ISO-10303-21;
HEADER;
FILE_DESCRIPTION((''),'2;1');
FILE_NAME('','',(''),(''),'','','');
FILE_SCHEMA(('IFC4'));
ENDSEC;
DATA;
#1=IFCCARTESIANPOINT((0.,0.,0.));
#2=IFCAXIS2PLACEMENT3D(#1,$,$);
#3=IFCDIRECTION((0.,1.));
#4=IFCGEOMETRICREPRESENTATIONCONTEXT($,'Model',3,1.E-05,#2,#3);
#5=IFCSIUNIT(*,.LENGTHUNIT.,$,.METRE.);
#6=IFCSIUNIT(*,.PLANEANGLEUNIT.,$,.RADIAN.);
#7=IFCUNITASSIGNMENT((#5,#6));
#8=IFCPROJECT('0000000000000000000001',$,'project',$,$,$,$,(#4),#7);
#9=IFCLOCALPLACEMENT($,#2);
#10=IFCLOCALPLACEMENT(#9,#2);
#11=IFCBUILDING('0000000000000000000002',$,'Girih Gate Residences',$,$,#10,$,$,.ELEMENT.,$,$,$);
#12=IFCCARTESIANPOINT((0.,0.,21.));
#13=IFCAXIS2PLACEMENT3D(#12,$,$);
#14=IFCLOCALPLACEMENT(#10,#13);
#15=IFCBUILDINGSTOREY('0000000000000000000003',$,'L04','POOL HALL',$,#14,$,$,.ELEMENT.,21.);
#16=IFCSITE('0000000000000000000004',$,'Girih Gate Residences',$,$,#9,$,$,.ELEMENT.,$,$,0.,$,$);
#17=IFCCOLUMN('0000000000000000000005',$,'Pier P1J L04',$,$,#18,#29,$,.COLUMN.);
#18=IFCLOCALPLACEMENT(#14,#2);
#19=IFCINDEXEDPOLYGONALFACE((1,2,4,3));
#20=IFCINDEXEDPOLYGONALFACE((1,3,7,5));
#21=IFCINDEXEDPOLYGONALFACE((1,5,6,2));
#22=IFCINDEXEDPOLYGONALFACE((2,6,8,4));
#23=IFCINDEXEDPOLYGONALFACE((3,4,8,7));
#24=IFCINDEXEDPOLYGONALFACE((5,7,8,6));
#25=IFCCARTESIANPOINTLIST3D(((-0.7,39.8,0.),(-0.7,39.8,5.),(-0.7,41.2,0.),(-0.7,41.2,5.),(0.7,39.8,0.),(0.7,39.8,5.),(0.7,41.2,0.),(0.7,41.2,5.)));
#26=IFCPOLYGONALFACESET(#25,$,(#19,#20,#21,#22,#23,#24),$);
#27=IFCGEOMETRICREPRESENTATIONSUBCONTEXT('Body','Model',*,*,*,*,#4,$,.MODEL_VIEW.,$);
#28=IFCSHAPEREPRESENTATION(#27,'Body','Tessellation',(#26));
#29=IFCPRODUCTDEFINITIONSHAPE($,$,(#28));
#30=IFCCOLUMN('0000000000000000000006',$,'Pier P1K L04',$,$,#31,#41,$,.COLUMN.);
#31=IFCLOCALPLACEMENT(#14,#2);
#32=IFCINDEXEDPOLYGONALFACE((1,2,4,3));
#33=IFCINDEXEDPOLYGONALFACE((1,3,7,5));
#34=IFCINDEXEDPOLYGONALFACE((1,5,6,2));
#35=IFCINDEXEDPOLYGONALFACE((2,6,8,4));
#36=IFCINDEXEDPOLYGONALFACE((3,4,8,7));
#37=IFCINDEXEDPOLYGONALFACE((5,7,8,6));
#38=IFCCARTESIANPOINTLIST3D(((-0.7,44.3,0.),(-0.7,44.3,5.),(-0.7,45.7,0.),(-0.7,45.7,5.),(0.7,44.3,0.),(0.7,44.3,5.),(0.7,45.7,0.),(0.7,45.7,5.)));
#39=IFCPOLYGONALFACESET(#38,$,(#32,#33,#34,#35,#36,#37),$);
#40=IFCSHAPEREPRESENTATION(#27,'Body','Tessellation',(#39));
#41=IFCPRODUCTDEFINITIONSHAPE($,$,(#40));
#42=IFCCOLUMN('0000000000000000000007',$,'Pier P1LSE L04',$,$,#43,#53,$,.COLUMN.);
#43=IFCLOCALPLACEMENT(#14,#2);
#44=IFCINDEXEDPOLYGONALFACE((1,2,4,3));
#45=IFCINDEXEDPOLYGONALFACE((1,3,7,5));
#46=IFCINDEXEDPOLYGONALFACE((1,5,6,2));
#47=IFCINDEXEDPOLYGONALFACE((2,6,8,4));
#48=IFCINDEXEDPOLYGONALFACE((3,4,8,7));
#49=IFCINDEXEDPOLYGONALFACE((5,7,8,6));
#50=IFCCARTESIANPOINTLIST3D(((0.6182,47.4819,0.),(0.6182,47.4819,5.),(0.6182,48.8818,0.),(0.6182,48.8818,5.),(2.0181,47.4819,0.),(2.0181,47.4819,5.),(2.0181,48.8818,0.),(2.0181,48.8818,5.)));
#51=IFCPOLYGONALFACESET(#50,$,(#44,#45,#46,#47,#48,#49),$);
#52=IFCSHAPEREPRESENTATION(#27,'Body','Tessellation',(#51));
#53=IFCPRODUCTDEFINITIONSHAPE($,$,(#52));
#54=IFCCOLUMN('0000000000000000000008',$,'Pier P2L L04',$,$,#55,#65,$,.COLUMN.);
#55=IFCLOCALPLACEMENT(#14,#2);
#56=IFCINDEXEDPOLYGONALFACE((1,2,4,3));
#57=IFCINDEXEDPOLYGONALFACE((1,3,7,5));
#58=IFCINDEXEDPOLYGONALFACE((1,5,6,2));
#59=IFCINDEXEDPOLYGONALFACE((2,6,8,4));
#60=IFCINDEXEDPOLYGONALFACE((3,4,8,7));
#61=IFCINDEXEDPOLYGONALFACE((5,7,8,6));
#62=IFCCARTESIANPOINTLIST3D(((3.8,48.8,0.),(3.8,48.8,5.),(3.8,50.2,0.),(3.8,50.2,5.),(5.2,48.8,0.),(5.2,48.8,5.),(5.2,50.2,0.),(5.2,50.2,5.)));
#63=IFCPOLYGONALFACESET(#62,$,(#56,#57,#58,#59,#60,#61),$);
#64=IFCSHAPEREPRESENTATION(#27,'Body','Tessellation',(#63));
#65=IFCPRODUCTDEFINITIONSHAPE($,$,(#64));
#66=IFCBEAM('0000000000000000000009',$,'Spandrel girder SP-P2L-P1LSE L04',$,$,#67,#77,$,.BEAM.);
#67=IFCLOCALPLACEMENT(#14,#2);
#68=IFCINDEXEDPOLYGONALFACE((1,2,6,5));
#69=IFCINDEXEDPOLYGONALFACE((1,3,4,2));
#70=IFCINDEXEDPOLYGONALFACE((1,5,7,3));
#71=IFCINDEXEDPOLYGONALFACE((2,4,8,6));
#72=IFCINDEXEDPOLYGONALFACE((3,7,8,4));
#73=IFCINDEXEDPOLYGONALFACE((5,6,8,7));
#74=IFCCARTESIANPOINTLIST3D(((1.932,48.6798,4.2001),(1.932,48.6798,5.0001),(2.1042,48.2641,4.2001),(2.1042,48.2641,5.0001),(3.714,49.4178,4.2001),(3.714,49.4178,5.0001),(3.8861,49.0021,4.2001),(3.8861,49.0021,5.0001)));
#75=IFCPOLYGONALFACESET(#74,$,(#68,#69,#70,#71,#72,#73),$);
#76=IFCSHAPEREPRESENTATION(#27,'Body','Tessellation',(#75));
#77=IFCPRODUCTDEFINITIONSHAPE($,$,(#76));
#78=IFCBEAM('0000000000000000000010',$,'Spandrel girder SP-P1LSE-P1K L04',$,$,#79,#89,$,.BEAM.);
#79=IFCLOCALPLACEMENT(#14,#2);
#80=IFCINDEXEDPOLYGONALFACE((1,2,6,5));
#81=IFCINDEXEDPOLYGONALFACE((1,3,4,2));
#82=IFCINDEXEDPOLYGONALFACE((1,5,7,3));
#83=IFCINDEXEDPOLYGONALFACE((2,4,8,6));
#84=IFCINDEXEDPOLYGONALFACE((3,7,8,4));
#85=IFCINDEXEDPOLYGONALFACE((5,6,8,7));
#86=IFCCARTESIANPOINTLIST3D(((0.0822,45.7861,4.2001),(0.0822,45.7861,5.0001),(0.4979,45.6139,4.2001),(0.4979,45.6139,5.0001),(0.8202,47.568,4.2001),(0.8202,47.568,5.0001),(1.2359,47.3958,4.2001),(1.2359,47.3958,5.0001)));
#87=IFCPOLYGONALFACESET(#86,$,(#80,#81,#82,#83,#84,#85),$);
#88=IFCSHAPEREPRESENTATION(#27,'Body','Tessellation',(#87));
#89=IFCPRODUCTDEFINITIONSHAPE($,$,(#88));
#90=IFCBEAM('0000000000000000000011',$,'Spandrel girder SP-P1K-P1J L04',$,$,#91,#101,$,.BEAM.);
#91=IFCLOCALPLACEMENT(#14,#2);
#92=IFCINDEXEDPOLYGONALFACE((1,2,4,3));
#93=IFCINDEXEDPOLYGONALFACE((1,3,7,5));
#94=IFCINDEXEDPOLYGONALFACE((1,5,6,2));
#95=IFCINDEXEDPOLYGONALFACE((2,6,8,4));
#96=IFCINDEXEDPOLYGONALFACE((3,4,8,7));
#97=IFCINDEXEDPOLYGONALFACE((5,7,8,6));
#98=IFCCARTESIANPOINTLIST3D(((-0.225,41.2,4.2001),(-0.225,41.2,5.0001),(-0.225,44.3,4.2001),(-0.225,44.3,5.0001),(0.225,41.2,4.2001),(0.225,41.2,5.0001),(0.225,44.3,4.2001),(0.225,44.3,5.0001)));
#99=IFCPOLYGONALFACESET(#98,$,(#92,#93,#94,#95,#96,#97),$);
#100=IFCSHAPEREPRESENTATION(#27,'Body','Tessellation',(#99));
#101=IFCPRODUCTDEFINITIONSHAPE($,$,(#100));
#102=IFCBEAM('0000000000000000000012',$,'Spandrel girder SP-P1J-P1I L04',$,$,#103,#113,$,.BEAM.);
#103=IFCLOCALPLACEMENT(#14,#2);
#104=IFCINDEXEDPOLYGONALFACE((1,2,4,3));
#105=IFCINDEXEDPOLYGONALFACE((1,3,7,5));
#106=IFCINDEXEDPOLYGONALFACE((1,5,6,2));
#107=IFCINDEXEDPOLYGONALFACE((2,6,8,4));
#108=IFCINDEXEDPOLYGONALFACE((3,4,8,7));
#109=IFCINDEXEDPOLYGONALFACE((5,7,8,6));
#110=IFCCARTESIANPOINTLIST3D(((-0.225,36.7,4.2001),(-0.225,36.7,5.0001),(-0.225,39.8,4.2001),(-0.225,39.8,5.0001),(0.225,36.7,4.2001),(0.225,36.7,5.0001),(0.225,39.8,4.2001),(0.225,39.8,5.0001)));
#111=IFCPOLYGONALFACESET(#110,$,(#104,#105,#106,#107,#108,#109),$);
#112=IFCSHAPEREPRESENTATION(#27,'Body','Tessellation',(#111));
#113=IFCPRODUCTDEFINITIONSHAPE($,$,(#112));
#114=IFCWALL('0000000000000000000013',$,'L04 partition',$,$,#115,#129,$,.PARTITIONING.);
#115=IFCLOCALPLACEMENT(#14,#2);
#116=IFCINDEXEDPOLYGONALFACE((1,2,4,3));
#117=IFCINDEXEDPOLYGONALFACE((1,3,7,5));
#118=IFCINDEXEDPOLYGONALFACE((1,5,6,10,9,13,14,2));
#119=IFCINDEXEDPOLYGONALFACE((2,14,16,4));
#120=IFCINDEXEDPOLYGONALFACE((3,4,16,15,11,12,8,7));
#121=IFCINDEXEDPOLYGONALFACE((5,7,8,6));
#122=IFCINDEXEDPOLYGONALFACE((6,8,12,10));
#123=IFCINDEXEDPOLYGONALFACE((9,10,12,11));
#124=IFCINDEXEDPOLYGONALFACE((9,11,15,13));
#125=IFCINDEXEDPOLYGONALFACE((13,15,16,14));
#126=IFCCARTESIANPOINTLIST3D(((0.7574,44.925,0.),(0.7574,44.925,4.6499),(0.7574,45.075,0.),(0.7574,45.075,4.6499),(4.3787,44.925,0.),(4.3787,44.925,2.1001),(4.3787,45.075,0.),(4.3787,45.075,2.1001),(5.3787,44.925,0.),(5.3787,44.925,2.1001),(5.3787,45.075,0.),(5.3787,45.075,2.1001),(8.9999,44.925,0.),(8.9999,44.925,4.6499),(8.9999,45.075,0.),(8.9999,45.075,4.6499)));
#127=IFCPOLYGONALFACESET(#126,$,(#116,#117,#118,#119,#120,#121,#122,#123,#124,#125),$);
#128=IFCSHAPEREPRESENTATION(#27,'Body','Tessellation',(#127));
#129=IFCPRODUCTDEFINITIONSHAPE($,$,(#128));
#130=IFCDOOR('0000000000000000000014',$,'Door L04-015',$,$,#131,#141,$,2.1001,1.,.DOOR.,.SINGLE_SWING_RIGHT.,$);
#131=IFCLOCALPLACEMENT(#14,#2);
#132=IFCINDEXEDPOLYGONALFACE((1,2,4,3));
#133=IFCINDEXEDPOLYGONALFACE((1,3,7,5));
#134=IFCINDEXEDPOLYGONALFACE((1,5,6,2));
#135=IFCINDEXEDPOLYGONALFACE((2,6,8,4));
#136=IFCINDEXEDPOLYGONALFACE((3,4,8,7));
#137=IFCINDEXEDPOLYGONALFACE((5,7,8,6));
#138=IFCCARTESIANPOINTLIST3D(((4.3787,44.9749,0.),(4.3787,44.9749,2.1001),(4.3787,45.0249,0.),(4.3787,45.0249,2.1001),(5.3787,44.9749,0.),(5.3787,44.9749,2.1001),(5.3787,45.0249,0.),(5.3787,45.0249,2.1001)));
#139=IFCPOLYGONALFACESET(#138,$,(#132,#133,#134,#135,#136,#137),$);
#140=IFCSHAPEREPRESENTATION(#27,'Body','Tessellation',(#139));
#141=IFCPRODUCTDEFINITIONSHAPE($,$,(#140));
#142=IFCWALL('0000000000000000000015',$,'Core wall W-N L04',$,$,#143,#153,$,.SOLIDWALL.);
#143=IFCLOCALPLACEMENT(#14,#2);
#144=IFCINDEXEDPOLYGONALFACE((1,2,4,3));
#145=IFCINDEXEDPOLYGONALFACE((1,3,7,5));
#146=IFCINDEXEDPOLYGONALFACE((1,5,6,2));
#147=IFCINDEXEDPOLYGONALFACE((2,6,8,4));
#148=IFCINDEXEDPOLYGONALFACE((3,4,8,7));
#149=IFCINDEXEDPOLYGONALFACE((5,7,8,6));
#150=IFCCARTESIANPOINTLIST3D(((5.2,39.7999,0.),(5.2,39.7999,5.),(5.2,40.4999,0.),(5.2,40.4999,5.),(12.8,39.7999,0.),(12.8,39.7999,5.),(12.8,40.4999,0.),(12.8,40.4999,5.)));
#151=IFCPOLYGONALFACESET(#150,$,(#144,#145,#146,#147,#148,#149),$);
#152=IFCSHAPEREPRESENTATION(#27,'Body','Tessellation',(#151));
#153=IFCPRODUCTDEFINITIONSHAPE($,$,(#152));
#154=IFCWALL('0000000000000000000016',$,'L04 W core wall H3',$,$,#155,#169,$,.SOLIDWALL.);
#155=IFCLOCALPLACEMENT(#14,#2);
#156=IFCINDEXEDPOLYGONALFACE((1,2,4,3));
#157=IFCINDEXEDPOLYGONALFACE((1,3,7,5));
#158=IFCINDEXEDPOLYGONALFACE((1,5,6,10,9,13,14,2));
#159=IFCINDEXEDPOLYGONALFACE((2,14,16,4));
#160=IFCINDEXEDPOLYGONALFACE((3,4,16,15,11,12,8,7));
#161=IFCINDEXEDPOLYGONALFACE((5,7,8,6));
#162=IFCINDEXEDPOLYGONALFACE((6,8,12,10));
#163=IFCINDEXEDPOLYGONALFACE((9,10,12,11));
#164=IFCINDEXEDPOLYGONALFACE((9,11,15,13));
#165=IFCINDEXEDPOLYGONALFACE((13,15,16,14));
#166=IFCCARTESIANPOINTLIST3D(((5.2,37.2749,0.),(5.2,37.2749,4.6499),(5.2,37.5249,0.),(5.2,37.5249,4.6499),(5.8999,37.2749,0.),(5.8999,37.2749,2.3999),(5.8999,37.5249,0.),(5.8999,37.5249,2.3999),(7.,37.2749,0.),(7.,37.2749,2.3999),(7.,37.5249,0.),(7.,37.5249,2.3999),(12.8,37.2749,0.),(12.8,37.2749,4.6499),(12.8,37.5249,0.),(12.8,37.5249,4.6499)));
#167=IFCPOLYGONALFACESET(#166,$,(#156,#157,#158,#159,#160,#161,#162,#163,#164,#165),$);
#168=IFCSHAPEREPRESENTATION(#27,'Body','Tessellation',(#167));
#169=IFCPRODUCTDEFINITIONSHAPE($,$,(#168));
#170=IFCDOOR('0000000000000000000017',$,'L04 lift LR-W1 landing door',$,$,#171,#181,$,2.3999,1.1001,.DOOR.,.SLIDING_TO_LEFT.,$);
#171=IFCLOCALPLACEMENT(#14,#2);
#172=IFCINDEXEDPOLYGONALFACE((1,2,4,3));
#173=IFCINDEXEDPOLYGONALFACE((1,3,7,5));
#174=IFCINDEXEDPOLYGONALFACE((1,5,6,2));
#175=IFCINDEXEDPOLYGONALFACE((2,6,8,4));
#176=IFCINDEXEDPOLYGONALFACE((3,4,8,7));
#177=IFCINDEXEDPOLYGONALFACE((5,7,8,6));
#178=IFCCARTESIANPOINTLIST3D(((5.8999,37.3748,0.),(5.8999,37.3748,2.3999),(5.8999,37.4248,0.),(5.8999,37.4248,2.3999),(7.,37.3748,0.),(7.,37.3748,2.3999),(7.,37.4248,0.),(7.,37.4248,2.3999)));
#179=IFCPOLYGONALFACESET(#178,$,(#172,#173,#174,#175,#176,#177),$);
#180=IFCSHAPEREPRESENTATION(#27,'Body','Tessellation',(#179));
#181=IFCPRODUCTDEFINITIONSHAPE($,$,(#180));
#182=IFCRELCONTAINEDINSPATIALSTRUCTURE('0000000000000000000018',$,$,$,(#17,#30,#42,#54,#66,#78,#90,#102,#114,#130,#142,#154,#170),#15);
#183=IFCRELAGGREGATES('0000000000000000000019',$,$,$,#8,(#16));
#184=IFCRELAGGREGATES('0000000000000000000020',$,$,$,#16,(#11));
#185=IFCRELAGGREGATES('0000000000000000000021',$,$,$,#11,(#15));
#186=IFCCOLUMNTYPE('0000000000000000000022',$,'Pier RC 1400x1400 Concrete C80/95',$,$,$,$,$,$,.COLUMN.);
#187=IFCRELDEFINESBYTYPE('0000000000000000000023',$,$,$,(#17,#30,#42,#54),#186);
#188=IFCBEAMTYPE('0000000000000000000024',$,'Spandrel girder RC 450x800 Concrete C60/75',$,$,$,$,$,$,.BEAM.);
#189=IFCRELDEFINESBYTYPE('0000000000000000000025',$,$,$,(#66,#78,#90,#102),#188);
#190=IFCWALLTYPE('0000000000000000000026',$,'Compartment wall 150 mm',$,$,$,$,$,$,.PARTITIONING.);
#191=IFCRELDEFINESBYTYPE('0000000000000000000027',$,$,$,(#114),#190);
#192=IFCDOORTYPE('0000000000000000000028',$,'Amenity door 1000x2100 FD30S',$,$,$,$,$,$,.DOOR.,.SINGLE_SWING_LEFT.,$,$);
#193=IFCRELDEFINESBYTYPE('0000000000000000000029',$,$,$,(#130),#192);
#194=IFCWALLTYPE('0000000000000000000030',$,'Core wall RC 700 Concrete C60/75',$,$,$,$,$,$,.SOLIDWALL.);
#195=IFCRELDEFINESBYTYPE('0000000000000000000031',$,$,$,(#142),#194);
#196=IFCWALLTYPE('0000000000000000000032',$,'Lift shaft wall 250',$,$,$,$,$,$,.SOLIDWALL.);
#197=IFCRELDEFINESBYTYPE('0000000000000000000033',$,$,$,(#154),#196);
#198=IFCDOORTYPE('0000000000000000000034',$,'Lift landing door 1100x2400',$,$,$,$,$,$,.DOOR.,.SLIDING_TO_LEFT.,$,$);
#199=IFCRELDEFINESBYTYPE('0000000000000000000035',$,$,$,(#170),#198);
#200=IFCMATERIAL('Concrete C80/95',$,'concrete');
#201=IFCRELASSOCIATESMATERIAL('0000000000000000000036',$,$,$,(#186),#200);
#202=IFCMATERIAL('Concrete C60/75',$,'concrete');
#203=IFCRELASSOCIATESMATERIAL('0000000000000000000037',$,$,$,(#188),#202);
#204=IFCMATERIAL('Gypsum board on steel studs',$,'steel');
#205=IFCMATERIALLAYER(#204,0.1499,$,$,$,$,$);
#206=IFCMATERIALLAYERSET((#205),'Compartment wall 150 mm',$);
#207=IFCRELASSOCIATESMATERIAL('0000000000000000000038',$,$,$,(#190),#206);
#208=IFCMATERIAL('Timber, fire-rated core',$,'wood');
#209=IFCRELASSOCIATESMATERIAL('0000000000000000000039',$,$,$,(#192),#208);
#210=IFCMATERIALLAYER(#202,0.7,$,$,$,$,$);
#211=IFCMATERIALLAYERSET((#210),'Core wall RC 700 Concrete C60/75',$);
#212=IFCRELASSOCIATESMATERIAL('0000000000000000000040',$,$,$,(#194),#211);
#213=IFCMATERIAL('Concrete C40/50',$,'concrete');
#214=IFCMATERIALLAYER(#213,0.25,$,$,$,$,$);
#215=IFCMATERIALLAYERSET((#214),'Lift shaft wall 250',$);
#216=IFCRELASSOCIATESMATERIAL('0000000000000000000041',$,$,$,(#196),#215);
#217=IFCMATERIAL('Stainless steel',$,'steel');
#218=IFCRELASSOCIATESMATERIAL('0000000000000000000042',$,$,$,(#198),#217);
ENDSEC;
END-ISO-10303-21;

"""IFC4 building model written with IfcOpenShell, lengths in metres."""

from ifc_helpers import new_model, si_unit, direction, frame, frame_2d, origin, origin_2d, place, context, subcontext, project, spatial, rectangle, extrude, material, layer, layer_set, material_profile, profile_set, type_object, element, fill, save


model = new_model("IFC4")

# Units and contexts
model_context = context("Model", 3, precision=1e-05, world=origin(), true_north=direction((0.0, 1.0)))
body_context = subcontext(model_context, "Body", "Model", "MODEL_VIEW")
ifc_project = project(units=[si_unit("LENGTHUNIT", "METRE"), si_unit("PLANEANGLEUNIT", "RADIAN")], contexts=[model_context])

# Site, building, storey
site_placement = place(None, origin())
site = spatial("IfcSite", under=ifc_project, at=site_placement, Name="Girih Gate Residences", CompositionType="ELEMENT", RefElevation=0.0)
building_placement = place(site_placement, origin())
building = spatial("IfcBuilding", under=site, at=building_placement, Name="Girih Gate Residences", CompositionType="ELEMENT")
storey_placement = place(building_placement, frame((0.0, 0.0, 21.0)))
storey = spatial("IfcBuildingStorey", under=building, at=storey_placement, Name="L04", Description="POOL HALL", CompositionType="ELEMENT", Elevation=21.0)

# Columns
ifc_material_1 = material(Name="Concrete C80/95", Category="concrete")
ifc_material_profile_1 = material_profile(ifc_material_1, rectangle(XDim=1.3999, YDim=1.3999, at=origin_2d()))
ifc_profile_set_1 = profile_set([ifc_material_profile_1], Name="Concrete C80/95")
column_type = type_object("IfcColumnType", Name="Pier RC 1400x1400 Concrete C80/95", PredefinedType="COLUMN", material=ifc_profile_set_1)
for number, where, z_axis, x_axis, name in (
    (1, (0.0, 40.5, 0.0), (0.0, 0.0, 1.0), (1.0, 0.0, 0.0), "Pier P1J L04"),
    (2, (0.0, 45.0, 0.0), (0.0, 0.0, 1.0), (1.0, 0.0, 0.0), "Pier P1K L04"),
    (3, (1.3181, 48.1819, 0.0), (0.0, 0.0, 1.0), (1.0, 0.0, 0.0), "Pier P1LSE L04"),
    (4, (4.5, 49.5, 0.0), (0.0, 0.0, 1.0), (1.0, 0.0, 0.0), "Pier P2L L04"),
):
    element("IfcColumn", number, at=place(storey_placement, frame(where, z_axis=z_axis, x_axis=x_axis)), inside=storey, type_object=column_type, Name=name, PredefinedType="COLUMN", context=body_context, shape_type="SweptSolid", body=[
        extrude(rectangle(XDim=1.3999, YDim=1.3999, at=origin_2d()), origin(), (0.0, 0.0, 1.0), 5.0),
    ])

# Beams
ifc_material_2 = material(Name="Concrete C60/75", Category="concrete")
ifc_material_profile_2 = material_profile(ifc_material_2, rectangle(XDim=0.45, YDim=0.8, at=origin_2d()))
ifc_profile_set_2 = profile_set([ifc_material_profile_2], Name="Concrete C60/75")
beam_type = type_object("IfcBeamType", Name="Spandrel girder RC 450x800 Concrete C60/75", PredefinedType="BEAM", material=ifc_profile_set_2)
for number, where, z_axis, x_axis, name in (
    (5, (3.8, 49.21, 4.6001), (-0.923895, -0.382646, 0.0), (0.382646, -0.923895, 0.0), "Spandrel girder SP-P2L-P1LSE L04"),
    (6, (1.0281, 47.4819, 4.6001), (-0.382646, -0.923895, 0.0), (0.923895, -0.382646, 0.0), "Spandrel girder SP-P1LSE-P1K L04"),
):
    element("IfcBeam", number, at=place(storey_placement, frame(where, z_axis=z_axis, x_axis=x_axis)), inside=storey, type_object=beam_type, Name=name, PredefinedType="BEAM", context=body_context, shape_type="SweptSolid", body=[
        extrude(rectangle(XDim=0.45, YDim=0.8, at=origin_2d()), origin(), (0.0, 0.0, 1.0), 1.9287),
    ])
for number, where, z_axis, x_axis, name in (
    (7, (0.0, 44.3, 4.6001), (0.0, -1.0, 0.0), (1.0, 0.0, 0.0), "Spandrel girder SP-P1K-P1J L04"),
    (8, (0.0, 39.8, 4.6001), (0.0, -1.0, 0.0), (1.0, 0.0, 0.0), "Spandrel girder SP-P1J-P1I L04"),
):
    element("IfcBeam", number, at=place(storey_placement, frame(where, z_axis=z_axis, x_axis=x_axis)), inside=storey, type_object=beam_type, Name=name, PredefinedType="BEAM", context=body_context, shape_type="SweptSolid", body=[
        extrude(rectangle(XDim=0.45, YDim=0.8, at=origin_2d()), origin(), (0.0, 0.0, 1.0), 3.1001),
    ])

# Wall, opening, door
ifc_material_3 = material(Name="Gypsum board on steel studs", Category="steel")
ifc_layer_1 = layer(ifc_material_3, 0.1499)
ifc_layer_set_1 = layer_set([ifc_layer_1], Name="Compartment wall 150 mm")
wall_type_1 = type_object("IfcWallType", Name="Compartment wall 150 mm", PredefinedType="PARTITIONING", material=ifc_layer_set_1)
wall_1_placement = place(storey_placement, frame((0.7576, 45.0, 0.0), z_axis=(0.0, 0.0, 1.0), x_axis=(1.0, 0.0, 0.0)))
wall_1 = element("IfcWall", 9, at=wall_1_placement, inside=storey, type_object=wall_type_1, Name="L04 partition", PredefinedType="PARTITIONING", context=body_context, shape_type="SweptSolid", body=[
    extrude(rectangle(XDim=8.2424, YDim=0.1499, at=frame_2d((4.1211, 0.0))), origin(), (0.0, 0.0, 1.0), 4.6499),
])
opening_1_placement = place(wall_1_placement, frame((3.6211, 0.0, 0.0)))
opening_1 = element("IfcOpeningElement", 10, at=opening_1_placement, cuts=wall_1, PredefinedType="OPENING", context=body_context, shape_type="SweptSolid", body=[
    extrude(rectangle(XDim=1.0, YDim=2.1001, at=frame_2d((0.5, 1.05))), frame((0.0, 0.085, 0.0), z_axis=(0.0, -1.0, 0.0), x_axis=(1.0, 0.0, 0.0)), (0.0, 0.0, 1.0), 0.1699),
])
ifc_material_4 = material(Name="Timber, fire-rated core", Category="wood")
door_type_1 = type_object("IfcDoorType", Name="Amenity door 1000x2100 FD30S", OperationType="SINGLE_SWING_LEFT", PredefinedType="DOOR", material=ifc_material_4)
door_1_placement = place(opening_1_placement, origin())
door_1 = element("IfcDoor", 11, at=door_1_placement, inside=storey, type_object=door_type_1, Name="Door L04-015", OperationType="SINGLE_SWING_RIGHT", OverallHeight=2.1001, OverallWidth=1.0, PredefinedType="DOOR", context=body_context, shape_type="SweptSolid", body=[
    extrude(rectangle(XDim=1.0, YDim=2.1001, at=frame_2d((0.5, 1.05))), frame((0.0, 0.0249, 0.0), z_axis=(0.0, -1.0, 0.0), x_axis=(1.0, 0.0, 0.0)), (0.0, 0.0, 1.0), 0.05),
])
fill(opening_1, door_1)

# Wall
ifc_layer_2 = layer(ifc_material_2, 0.7)
ifc_layer_set_2 = layer_set([ifc_layer_2], Name="Core wall RC 700 Concrete C60/75")
wall_type_2 = type_object("IfcWallType", Name="Core wall RC 700 Concrete C60/75", PredefinedType="SOLIDWALL", material=ifc_layer_set_2)
wall_2_placement = place(storey_placement, frame((5.2, 40.1499, 0.0), z_axis=(0.0, 0.0, 1.0), x_axis=(1.0, 0.0, 0.0)))
element("IfcWall", 12, at=wall_2_placement, inside=storey, type_object=wall_type_2, Name="Core wall W-N L04", PredefinedType="SOLIDWALL", context=body_context, shape_type="SweptSolid", body=[
    extrude(rectangle(XDim=7.6001, YDim=0.7, at=frame_2d((3.8, 0.0))), origin(), (0.0, 0.0, 1.0), 5.0),
])

# Wall, opening, door
ifc_material_5 = material(Name="Concrete C40/50", Category="concrete")
ifc_layer_3 = layer(ifc_material_5, 0.25)
ifc_layer_set_3 = layer_set([ifc_layer_3], Name="Lift shaft wall 250")
wall_type_3 = type_object("IfcWallType", Name="Lift shaft wall 250", PredefinedType="SOLIDWALL", material=ifc_layer_set_3)
wall_3_placement = place(storey_placement, frame((5.2, 37.3999, 0.0), z_axis=(0.0, 0.0, 1.0), x_axis=(1.0, 0.0, 0.0)))
wall_3 = element("IfcWall", 13, at=wall_3_placement, inside=storey, type_object=wall_type_3, Name="L04 W core wall H3", PredefinedType="SOLIDWALL", context=body_context, shape_type="SweptSolid", body=[
    extrude(rectangle(XDim=7.6001, YDim=0.25, at=frame_2d((3.8, 0.0))), origin(), (0.0, 0.0, 1.0), 4.6499),
])
opening_2_placement = place(wall_3_placement, frame((0.7, 0.0, 0.0)))
opening_2 = element("IfcOpeningElement", 14, at=opening_2_placement, cuts=wall_3, PredefinedType="OPENING", context=body_context, shape_type="SweptSolid", body=[
    extrude(rectangle(XDim=1.1001, YDim=2.3999, at=frame_2d((0.55, 1.2))), frame((0.0, 0.135, 0.0), z_axis=(0.0, -1.0, 0.0), x_axis=(1.0, 0.0, 0.0)), (0.0, 0.0, 1.0), 0.27),
])
ifc_material_6 = material(Name="Stainless steel", Category="steel")
door_type_2 = type_object("IfcDoorType", Name="Lift landing door 1100x2400", OperationType="SLIDING_TO_LEFT", PredefinedType="DOOR", material=ifc_material_6)
door_2_placement = place(opening_2_placement, origin())
door_2 = element("IfcDoor", 15, at=door_2_placement, inside=storey, type_object=door_type_2, Name="L04 lift LR-W1 landing door", OperationType="SLIDING_TO_LEFT", OverallHeight=2.3999, OverallWidth=1.1001, PredefinedType="DOOR", context=body_context, shape_type="SweptSolid", body=[
    extrude(rectangle(XDim=1.1001, YDim=2.3999, at=frame_2d((0.55, 1.2))), frame((0.0, 0.0249, 0.0), z_axis=(0.0, -1.0, 0.0), x_axis=(1.0, 0.0, 0.0)), (0.0, 0.0, 1.0), 0.05),
])
fill(opening_2, door_2)

save(model, "model.ifc")
